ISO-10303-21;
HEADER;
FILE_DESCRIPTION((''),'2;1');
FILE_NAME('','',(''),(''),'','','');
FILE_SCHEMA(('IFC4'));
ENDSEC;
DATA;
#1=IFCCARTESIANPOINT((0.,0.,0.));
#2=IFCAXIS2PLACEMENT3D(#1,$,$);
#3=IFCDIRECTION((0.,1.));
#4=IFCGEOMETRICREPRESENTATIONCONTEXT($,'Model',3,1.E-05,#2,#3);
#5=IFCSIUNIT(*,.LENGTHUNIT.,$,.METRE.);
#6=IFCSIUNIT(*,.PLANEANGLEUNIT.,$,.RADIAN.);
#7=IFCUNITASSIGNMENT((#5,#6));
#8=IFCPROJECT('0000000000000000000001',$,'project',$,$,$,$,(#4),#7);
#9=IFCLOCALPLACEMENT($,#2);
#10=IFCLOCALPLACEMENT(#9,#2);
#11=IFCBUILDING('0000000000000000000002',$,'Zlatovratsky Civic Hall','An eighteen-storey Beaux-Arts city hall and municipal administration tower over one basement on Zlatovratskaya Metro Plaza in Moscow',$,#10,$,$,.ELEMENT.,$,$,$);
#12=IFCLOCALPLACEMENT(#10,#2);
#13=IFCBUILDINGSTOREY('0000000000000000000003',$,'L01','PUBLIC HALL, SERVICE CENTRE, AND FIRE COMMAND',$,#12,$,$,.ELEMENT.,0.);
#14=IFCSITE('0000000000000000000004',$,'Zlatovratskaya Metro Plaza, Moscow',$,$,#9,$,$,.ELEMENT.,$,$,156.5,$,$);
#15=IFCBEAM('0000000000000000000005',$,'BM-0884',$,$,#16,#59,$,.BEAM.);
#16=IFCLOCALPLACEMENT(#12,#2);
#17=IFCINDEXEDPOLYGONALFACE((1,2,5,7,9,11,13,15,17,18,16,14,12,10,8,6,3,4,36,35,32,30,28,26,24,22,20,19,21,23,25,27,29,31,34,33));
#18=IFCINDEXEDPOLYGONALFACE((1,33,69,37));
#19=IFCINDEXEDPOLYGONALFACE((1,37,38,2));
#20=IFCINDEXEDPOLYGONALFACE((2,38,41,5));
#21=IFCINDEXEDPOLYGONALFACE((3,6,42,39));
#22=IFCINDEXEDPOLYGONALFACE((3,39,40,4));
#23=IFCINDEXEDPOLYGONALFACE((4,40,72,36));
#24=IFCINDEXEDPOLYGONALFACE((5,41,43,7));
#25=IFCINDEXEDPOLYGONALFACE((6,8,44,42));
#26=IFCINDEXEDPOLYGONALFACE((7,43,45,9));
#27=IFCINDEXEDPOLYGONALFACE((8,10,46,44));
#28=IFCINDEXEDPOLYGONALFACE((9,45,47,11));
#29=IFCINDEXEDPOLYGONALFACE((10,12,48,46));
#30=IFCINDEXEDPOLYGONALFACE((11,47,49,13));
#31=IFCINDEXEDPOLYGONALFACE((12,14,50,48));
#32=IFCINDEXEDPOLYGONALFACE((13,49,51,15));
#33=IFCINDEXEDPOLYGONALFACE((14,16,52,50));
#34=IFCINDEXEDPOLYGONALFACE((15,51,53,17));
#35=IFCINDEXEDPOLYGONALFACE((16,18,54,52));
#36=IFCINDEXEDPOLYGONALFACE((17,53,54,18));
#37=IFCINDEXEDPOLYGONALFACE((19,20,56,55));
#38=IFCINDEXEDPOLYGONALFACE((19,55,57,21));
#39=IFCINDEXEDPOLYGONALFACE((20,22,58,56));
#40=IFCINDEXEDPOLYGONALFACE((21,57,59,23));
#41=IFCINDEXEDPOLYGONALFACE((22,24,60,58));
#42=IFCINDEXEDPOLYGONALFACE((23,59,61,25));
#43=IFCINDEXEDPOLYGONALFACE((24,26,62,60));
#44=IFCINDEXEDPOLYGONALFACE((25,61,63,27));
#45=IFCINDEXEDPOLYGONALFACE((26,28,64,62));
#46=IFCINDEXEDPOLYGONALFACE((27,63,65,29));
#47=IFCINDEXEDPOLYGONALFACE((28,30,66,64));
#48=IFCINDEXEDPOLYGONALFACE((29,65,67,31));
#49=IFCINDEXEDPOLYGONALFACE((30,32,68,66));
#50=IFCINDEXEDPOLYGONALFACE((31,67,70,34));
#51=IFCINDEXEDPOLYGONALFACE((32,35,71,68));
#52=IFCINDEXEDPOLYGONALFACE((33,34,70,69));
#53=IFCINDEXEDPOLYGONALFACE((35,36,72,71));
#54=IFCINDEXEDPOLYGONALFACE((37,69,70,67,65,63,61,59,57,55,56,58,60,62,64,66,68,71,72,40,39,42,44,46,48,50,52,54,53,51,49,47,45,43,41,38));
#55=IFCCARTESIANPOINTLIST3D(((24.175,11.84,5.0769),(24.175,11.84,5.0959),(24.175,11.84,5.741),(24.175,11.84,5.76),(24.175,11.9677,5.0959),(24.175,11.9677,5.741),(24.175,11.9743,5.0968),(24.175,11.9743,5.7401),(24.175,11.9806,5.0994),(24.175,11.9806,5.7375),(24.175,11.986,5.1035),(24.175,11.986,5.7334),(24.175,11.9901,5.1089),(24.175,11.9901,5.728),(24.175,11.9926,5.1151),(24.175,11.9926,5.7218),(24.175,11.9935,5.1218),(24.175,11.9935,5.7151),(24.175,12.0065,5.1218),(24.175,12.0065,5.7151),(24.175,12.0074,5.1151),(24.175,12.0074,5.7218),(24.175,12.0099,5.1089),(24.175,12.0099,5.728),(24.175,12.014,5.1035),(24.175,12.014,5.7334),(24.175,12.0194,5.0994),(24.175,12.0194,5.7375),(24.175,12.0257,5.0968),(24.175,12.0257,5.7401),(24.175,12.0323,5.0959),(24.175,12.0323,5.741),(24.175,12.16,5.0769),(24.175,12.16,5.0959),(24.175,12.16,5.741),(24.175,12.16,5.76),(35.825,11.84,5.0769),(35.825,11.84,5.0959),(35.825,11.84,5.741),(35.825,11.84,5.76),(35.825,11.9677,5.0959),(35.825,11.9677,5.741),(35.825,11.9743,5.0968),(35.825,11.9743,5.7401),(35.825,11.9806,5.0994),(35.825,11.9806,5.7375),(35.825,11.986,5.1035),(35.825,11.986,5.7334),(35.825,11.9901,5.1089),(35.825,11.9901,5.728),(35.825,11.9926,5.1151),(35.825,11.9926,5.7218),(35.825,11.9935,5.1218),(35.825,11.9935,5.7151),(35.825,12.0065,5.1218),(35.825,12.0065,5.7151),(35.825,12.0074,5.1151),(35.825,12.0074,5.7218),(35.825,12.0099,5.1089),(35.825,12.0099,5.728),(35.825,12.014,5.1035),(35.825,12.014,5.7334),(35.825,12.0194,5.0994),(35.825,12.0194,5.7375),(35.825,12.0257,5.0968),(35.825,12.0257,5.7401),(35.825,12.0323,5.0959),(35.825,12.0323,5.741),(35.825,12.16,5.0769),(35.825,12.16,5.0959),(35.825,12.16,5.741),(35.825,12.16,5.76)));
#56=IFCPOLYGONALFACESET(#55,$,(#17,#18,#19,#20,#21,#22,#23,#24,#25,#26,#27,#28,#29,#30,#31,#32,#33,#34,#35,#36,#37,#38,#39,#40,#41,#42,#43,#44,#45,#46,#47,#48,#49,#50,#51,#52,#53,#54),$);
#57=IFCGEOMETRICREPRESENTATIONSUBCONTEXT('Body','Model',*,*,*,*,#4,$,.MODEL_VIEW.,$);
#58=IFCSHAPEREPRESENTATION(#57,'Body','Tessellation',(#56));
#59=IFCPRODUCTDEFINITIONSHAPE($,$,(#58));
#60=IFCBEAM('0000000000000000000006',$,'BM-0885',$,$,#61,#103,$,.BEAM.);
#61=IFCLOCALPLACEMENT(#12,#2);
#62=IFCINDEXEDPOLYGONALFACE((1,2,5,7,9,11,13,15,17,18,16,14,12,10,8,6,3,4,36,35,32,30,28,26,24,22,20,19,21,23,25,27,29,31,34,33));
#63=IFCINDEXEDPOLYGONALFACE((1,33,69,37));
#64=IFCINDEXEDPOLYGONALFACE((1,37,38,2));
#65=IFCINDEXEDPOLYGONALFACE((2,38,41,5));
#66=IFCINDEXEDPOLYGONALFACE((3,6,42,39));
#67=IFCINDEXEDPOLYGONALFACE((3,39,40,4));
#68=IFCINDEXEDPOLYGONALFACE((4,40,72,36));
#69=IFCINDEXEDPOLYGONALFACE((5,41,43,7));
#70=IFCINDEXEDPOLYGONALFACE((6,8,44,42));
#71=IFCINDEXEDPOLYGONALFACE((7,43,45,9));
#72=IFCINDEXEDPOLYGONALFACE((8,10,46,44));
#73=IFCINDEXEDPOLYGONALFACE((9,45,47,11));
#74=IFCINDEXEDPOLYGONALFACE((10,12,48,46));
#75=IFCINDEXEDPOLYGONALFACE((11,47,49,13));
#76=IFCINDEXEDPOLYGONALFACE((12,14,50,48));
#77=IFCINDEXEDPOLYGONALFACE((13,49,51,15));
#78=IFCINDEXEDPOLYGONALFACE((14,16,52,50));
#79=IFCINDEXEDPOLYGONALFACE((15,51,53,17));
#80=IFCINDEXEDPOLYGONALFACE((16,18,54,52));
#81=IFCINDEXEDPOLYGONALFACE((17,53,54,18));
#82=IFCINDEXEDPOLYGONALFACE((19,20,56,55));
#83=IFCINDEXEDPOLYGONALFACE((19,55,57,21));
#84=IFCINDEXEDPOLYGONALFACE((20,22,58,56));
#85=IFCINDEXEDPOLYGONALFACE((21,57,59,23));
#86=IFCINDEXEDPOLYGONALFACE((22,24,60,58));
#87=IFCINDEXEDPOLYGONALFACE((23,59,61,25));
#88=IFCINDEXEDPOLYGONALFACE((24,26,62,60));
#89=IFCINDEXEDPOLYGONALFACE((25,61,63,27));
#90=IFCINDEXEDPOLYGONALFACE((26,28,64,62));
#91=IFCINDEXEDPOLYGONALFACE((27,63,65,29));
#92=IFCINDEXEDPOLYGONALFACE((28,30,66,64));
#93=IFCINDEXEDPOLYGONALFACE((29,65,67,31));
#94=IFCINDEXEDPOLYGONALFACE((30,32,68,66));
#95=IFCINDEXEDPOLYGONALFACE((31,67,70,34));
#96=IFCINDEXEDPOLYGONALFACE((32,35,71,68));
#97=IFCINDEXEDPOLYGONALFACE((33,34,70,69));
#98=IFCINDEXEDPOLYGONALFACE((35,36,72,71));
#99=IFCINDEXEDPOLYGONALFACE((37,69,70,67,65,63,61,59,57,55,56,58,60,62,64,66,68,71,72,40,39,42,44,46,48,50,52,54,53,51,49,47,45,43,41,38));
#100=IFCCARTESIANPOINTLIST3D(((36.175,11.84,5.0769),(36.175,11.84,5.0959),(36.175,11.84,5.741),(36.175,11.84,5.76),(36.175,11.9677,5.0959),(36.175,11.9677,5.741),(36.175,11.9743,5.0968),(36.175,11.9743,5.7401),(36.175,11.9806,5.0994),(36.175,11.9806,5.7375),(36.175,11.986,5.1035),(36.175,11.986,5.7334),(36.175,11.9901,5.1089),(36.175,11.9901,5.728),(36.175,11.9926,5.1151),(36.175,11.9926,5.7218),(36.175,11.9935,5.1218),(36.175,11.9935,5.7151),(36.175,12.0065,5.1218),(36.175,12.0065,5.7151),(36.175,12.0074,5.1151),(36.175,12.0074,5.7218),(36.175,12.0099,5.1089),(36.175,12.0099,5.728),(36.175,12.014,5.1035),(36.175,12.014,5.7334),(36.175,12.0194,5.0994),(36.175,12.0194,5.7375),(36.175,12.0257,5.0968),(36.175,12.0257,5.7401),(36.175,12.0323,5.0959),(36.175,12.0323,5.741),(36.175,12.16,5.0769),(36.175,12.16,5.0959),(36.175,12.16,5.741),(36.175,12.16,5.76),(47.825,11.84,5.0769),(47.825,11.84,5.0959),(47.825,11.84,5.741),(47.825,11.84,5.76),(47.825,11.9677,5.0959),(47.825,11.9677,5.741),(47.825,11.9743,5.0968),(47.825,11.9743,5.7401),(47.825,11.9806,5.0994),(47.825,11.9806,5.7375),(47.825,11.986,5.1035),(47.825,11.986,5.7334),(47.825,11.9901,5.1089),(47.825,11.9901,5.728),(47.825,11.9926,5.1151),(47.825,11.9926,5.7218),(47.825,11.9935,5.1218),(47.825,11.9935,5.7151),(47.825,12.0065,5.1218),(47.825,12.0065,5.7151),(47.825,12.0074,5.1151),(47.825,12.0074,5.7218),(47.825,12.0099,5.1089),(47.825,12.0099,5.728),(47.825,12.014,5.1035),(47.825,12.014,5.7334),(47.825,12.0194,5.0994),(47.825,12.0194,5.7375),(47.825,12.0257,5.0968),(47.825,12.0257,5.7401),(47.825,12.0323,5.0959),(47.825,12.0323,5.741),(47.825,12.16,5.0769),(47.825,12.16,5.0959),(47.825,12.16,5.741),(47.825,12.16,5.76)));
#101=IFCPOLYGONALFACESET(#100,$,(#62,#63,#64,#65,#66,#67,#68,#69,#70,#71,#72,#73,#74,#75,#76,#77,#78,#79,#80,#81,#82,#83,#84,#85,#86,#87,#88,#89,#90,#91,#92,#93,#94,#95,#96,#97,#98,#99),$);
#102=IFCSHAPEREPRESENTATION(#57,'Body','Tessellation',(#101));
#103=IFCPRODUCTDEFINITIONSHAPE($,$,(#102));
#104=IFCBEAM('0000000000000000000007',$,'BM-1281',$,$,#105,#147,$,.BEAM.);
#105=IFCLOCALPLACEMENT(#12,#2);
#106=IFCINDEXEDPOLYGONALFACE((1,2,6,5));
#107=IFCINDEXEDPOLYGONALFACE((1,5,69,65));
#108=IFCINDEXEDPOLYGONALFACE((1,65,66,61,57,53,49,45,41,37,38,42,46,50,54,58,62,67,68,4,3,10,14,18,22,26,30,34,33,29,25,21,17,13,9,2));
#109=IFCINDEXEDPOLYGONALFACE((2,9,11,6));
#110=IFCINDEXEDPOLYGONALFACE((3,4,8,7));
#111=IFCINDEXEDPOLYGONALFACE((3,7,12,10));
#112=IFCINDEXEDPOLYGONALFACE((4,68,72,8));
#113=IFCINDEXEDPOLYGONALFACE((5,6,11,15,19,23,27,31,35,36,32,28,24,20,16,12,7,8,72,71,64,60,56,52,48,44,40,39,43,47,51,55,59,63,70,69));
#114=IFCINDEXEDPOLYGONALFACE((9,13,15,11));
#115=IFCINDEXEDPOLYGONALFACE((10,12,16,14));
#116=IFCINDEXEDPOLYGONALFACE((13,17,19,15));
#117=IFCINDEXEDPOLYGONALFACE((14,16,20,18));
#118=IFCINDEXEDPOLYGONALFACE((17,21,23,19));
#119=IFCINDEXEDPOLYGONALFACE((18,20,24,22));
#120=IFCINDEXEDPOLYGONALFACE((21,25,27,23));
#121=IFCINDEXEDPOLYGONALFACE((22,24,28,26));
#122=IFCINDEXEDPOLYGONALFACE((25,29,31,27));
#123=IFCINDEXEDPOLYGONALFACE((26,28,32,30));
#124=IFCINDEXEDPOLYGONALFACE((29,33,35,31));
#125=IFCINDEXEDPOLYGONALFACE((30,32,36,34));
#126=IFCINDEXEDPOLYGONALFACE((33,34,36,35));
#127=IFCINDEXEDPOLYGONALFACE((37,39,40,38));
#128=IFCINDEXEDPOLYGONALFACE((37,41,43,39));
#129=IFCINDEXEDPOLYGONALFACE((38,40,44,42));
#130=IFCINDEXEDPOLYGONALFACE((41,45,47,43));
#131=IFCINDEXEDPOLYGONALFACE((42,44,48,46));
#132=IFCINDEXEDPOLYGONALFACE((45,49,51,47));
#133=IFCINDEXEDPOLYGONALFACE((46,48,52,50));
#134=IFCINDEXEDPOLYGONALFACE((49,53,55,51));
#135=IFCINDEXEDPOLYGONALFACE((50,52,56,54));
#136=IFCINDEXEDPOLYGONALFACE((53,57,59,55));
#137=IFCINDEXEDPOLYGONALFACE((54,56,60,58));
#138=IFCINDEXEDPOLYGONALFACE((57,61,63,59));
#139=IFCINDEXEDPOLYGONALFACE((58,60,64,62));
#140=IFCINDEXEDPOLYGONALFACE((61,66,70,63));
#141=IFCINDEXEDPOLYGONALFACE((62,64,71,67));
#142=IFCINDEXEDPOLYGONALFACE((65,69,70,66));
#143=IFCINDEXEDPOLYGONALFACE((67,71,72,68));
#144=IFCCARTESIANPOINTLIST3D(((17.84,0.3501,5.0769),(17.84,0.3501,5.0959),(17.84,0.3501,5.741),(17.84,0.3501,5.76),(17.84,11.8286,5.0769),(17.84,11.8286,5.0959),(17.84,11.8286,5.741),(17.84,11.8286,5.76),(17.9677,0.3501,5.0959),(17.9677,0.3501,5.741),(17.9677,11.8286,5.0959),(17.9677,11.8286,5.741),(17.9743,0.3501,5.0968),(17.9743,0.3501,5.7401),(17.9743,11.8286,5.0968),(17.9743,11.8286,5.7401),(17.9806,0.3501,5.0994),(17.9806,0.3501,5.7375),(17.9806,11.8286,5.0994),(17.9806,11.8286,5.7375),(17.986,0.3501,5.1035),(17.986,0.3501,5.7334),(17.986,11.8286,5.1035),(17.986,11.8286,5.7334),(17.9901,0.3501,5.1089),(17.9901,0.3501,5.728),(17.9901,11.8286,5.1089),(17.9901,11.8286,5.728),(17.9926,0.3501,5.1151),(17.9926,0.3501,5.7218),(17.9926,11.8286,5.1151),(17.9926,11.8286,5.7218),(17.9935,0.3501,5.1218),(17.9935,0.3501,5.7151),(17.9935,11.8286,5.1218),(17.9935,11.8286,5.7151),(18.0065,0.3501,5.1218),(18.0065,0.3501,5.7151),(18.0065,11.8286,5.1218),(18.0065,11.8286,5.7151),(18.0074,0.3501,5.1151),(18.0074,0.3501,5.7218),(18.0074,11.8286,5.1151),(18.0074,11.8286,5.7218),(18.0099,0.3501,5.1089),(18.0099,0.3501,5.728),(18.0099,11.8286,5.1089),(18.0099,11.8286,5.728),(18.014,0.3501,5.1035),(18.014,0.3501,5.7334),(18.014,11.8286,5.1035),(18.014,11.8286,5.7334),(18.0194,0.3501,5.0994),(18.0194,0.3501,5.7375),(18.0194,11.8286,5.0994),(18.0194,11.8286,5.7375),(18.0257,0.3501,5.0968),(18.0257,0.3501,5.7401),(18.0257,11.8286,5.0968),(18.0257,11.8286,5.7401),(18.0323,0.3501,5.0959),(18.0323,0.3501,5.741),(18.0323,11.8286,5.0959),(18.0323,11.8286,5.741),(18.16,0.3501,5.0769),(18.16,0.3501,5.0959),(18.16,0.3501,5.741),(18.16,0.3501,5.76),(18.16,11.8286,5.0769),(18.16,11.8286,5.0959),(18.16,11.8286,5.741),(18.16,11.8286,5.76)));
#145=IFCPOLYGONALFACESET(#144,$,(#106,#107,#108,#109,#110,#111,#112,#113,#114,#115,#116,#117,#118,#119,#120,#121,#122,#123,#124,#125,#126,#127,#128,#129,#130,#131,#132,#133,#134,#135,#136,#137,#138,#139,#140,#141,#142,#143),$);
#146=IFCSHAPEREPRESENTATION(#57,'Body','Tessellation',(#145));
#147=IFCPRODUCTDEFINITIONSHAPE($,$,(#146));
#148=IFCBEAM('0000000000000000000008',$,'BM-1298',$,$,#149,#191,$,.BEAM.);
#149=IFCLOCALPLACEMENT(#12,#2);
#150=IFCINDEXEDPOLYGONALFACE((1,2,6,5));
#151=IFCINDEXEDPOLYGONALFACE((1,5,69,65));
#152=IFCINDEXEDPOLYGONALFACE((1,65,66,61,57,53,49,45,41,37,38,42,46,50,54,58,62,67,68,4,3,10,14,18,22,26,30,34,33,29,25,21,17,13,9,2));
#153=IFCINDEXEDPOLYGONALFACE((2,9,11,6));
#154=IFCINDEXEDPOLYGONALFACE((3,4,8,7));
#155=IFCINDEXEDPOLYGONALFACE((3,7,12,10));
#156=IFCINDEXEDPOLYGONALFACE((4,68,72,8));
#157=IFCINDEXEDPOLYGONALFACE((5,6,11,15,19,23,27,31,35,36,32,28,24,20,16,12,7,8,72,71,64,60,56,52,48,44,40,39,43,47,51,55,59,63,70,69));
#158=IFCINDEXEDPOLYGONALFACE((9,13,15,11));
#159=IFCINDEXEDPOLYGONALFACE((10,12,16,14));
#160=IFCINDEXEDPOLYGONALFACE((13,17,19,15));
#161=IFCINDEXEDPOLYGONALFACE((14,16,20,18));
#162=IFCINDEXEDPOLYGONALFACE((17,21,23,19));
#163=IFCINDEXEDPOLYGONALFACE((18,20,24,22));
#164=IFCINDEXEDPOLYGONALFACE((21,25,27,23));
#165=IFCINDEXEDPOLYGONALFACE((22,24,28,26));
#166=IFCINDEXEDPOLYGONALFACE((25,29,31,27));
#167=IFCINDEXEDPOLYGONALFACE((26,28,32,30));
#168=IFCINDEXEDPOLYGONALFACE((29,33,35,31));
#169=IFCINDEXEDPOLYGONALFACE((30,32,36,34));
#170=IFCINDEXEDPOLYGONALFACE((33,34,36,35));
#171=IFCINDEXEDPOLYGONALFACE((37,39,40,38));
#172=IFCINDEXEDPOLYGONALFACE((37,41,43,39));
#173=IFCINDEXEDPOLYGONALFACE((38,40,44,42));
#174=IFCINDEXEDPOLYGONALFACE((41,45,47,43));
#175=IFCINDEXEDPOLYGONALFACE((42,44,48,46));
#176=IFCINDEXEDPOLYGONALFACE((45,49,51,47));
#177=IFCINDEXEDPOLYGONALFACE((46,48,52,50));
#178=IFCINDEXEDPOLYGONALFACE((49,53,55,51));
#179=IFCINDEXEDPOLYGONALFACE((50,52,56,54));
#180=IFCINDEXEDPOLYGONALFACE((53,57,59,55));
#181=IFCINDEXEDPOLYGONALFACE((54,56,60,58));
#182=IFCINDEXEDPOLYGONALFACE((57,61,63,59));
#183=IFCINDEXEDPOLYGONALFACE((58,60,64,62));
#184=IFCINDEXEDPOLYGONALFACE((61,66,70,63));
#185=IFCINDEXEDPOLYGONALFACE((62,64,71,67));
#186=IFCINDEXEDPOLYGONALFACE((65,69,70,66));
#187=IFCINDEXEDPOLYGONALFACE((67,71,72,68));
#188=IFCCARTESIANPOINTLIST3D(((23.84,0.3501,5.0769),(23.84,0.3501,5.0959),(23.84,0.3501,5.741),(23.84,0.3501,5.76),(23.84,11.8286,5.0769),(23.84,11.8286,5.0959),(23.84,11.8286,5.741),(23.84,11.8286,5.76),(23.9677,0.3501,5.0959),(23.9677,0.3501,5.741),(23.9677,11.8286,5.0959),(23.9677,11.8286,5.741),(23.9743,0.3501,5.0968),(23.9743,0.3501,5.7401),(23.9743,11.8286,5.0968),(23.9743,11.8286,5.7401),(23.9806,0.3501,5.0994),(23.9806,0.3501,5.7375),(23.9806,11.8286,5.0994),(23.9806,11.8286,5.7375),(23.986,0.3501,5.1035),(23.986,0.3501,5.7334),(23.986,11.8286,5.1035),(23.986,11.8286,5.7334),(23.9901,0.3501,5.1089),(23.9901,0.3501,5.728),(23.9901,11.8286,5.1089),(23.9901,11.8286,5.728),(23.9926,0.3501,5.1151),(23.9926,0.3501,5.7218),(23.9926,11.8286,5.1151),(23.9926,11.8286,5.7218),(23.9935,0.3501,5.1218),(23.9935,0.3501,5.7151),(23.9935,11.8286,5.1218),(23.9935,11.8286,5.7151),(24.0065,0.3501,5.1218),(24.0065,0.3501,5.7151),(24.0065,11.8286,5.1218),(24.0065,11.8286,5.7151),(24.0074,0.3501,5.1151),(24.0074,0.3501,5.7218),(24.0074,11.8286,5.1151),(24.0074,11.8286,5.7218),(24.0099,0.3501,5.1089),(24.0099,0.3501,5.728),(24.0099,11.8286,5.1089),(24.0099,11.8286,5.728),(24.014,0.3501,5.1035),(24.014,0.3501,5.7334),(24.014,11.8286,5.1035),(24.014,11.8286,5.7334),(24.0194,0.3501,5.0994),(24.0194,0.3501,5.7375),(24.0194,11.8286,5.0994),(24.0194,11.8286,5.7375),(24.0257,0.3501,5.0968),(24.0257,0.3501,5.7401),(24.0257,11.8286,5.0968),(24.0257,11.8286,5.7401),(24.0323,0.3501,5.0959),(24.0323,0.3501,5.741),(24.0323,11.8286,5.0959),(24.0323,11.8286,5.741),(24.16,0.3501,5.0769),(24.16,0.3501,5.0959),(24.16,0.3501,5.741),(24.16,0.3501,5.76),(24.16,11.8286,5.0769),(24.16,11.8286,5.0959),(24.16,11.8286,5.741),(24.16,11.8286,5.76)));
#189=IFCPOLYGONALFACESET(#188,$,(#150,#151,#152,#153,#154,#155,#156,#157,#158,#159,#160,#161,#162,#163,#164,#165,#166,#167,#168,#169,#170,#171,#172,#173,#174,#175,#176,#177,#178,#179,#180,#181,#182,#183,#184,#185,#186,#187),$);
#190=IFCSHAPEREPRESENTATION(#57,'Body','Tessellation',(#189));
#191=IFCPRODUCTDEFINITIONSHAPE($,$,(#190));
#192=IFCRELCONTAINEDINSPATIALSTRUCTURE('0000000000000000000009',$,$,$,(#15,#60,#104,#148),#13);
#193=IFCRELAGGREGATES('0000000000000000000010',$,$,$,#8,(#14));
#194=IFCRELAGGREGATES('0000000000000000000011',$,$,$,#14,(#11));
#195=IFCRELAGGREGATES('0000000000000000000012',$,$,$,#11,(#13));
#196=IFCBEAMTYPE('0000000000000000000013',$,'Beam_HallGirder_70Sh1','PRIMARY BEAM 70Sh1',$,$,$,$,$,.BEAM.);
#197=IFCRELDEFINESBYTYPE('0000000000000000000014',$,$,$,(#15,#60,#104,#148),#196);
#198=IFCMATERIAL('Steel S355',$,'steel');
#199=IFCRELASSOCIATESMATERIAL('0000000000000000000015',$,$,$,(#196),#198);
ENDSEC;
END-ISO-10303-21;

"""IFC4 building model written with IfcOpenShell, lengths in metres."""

from ifc_helpers import new_model, si_unit, direction, frame, origin, origin_2d, place, context, subcontext, project, spatial, i_section, extrude, material, material_profile, profile_set, type_object, element, save


model = new_model("IFC4")

# Units and contexts
model_context = context("Model", 3, precision=1e-05, world=origin(), true_north=direction((0.0, 1.0)))
body_context = subcontext(model_context, "Body", "Model", "MODEL_VIEW")
ifc_project = project(units=[si_unit("LENGTHUNIT", "METRE"), si_unit("PLANEANGLEUNIT", "RADIAN")], contexts=[model_context])

# Site, building, storey
site_placement = place(None, origin())
site = spatial("IfcSite", under=ifc_project, at=site_placement, Name="Zlatovratskaya Metro Plaza, Moscow", CompositionType="ELEMENT", RefElevation=156.5)
building_placement = place(site_placement, origin())
building = spatial("IfcBuilding", under=site, at=building_placement, Name="Zlatovratsky Civic Hall", Description="An eighteen-storey Beaux-Arts city hall and municipal administration tower over one basement on Zlatovratskaya Metro Plaza in Moscow", CompositionType="ELEMENT")
storey_placement = place(building_placement, origin())
storey = spatial("IfcBuildingStorey", under=building, at=storey_placement, Name="L01", Description="PUBLIC HALL, SERVICE CENTRE, AND FIRE COMMAND", CompositionType="ELEMENT", Elevation=0.0)

# Shared definitions
ifc_material_1 = material(Name="Steel S355", Category="steel")

# Beams
ifc_material_profile_1 = material_profile(ifc_material_1, i_section(OverallWidth=0.3201, OverallDepth=0.6831, WebThickness=0.0129, FlangeThickness=0.019, FilletRadius=0.0259, at=origin_2d()), Name="70Sh1")
ifc_profile_set_1 = profile_set([ifc_material_profile_1], Name="Steel S355")
beam_type_1 = type_object("IfcBeamType", Name="Beam_HallGirder_70Sh1", Description="PRIMARY BEAM 70Sh1", PredefinedType="BEAM", material=ifc_profile_set_1)
for number, where, z_axis, x_axis, name in (
    (1, (24.175, 12.0, 5.4185), (1.0, 0.0, 0.0), (0.0, 1.0, 0.0), "BM-0884"),
    (2, (36.175, 12.0, 5.4185), (1.0, 0.0, 0.0), (0.0, 1.0, 0.0), "BM-0885"),
):
    element("IfcBeam", number, at=place(storey_placement, frame(where, z_axis=z_axis, x_axis=x_axis)), inside=storey, type_object=beam_type_1, Name=name, PredefinedType="BEAM", context=body_context, shape_type="SweptSolid", body=[
        extrude(i_section(OverallWidth=0.3201, OverallDepth=0.6831, WebThickness=0.0129, FlangeThickness=0.019, FilletRadius=0.0259, at=origin_2d()), origin(), (0.0, 0.0, 1.0), 11.6499),
    ])
for number, where, z_axis, x_axis, name in (
    (3, (18.0, 0.3501, 5.4185), (0.0, 1.0, 0.0), (-1.0, 0.0, 0.0), "BM-1281"),
    (4, (24.0, 0.3501, 5.4185), (0.0, 1.0, 0.0), (-1.0, 0.0, 0.0), "BM-1298"),
):
    element("IfcBeam", number, at=place(storey_placement, frame(where, z_axis=z_axis, x_axis=x_axis)), inside=storey, type_object=beam_type_1, Name=name, PredefinedType="BEAM", context=body_context, shape_type="SweptSolid", body=[
        extrude(i_section(OverallWidth=0.3201, OverallDepth=0.6831, WebThickness=0.0129, FlangeThickness=0.019, FilletRadius=0.0259, at=origin_2d()), origin(), (0.0, 0.0, 1.0), 11.4785),
    ])

save(model, "model.ifc")
